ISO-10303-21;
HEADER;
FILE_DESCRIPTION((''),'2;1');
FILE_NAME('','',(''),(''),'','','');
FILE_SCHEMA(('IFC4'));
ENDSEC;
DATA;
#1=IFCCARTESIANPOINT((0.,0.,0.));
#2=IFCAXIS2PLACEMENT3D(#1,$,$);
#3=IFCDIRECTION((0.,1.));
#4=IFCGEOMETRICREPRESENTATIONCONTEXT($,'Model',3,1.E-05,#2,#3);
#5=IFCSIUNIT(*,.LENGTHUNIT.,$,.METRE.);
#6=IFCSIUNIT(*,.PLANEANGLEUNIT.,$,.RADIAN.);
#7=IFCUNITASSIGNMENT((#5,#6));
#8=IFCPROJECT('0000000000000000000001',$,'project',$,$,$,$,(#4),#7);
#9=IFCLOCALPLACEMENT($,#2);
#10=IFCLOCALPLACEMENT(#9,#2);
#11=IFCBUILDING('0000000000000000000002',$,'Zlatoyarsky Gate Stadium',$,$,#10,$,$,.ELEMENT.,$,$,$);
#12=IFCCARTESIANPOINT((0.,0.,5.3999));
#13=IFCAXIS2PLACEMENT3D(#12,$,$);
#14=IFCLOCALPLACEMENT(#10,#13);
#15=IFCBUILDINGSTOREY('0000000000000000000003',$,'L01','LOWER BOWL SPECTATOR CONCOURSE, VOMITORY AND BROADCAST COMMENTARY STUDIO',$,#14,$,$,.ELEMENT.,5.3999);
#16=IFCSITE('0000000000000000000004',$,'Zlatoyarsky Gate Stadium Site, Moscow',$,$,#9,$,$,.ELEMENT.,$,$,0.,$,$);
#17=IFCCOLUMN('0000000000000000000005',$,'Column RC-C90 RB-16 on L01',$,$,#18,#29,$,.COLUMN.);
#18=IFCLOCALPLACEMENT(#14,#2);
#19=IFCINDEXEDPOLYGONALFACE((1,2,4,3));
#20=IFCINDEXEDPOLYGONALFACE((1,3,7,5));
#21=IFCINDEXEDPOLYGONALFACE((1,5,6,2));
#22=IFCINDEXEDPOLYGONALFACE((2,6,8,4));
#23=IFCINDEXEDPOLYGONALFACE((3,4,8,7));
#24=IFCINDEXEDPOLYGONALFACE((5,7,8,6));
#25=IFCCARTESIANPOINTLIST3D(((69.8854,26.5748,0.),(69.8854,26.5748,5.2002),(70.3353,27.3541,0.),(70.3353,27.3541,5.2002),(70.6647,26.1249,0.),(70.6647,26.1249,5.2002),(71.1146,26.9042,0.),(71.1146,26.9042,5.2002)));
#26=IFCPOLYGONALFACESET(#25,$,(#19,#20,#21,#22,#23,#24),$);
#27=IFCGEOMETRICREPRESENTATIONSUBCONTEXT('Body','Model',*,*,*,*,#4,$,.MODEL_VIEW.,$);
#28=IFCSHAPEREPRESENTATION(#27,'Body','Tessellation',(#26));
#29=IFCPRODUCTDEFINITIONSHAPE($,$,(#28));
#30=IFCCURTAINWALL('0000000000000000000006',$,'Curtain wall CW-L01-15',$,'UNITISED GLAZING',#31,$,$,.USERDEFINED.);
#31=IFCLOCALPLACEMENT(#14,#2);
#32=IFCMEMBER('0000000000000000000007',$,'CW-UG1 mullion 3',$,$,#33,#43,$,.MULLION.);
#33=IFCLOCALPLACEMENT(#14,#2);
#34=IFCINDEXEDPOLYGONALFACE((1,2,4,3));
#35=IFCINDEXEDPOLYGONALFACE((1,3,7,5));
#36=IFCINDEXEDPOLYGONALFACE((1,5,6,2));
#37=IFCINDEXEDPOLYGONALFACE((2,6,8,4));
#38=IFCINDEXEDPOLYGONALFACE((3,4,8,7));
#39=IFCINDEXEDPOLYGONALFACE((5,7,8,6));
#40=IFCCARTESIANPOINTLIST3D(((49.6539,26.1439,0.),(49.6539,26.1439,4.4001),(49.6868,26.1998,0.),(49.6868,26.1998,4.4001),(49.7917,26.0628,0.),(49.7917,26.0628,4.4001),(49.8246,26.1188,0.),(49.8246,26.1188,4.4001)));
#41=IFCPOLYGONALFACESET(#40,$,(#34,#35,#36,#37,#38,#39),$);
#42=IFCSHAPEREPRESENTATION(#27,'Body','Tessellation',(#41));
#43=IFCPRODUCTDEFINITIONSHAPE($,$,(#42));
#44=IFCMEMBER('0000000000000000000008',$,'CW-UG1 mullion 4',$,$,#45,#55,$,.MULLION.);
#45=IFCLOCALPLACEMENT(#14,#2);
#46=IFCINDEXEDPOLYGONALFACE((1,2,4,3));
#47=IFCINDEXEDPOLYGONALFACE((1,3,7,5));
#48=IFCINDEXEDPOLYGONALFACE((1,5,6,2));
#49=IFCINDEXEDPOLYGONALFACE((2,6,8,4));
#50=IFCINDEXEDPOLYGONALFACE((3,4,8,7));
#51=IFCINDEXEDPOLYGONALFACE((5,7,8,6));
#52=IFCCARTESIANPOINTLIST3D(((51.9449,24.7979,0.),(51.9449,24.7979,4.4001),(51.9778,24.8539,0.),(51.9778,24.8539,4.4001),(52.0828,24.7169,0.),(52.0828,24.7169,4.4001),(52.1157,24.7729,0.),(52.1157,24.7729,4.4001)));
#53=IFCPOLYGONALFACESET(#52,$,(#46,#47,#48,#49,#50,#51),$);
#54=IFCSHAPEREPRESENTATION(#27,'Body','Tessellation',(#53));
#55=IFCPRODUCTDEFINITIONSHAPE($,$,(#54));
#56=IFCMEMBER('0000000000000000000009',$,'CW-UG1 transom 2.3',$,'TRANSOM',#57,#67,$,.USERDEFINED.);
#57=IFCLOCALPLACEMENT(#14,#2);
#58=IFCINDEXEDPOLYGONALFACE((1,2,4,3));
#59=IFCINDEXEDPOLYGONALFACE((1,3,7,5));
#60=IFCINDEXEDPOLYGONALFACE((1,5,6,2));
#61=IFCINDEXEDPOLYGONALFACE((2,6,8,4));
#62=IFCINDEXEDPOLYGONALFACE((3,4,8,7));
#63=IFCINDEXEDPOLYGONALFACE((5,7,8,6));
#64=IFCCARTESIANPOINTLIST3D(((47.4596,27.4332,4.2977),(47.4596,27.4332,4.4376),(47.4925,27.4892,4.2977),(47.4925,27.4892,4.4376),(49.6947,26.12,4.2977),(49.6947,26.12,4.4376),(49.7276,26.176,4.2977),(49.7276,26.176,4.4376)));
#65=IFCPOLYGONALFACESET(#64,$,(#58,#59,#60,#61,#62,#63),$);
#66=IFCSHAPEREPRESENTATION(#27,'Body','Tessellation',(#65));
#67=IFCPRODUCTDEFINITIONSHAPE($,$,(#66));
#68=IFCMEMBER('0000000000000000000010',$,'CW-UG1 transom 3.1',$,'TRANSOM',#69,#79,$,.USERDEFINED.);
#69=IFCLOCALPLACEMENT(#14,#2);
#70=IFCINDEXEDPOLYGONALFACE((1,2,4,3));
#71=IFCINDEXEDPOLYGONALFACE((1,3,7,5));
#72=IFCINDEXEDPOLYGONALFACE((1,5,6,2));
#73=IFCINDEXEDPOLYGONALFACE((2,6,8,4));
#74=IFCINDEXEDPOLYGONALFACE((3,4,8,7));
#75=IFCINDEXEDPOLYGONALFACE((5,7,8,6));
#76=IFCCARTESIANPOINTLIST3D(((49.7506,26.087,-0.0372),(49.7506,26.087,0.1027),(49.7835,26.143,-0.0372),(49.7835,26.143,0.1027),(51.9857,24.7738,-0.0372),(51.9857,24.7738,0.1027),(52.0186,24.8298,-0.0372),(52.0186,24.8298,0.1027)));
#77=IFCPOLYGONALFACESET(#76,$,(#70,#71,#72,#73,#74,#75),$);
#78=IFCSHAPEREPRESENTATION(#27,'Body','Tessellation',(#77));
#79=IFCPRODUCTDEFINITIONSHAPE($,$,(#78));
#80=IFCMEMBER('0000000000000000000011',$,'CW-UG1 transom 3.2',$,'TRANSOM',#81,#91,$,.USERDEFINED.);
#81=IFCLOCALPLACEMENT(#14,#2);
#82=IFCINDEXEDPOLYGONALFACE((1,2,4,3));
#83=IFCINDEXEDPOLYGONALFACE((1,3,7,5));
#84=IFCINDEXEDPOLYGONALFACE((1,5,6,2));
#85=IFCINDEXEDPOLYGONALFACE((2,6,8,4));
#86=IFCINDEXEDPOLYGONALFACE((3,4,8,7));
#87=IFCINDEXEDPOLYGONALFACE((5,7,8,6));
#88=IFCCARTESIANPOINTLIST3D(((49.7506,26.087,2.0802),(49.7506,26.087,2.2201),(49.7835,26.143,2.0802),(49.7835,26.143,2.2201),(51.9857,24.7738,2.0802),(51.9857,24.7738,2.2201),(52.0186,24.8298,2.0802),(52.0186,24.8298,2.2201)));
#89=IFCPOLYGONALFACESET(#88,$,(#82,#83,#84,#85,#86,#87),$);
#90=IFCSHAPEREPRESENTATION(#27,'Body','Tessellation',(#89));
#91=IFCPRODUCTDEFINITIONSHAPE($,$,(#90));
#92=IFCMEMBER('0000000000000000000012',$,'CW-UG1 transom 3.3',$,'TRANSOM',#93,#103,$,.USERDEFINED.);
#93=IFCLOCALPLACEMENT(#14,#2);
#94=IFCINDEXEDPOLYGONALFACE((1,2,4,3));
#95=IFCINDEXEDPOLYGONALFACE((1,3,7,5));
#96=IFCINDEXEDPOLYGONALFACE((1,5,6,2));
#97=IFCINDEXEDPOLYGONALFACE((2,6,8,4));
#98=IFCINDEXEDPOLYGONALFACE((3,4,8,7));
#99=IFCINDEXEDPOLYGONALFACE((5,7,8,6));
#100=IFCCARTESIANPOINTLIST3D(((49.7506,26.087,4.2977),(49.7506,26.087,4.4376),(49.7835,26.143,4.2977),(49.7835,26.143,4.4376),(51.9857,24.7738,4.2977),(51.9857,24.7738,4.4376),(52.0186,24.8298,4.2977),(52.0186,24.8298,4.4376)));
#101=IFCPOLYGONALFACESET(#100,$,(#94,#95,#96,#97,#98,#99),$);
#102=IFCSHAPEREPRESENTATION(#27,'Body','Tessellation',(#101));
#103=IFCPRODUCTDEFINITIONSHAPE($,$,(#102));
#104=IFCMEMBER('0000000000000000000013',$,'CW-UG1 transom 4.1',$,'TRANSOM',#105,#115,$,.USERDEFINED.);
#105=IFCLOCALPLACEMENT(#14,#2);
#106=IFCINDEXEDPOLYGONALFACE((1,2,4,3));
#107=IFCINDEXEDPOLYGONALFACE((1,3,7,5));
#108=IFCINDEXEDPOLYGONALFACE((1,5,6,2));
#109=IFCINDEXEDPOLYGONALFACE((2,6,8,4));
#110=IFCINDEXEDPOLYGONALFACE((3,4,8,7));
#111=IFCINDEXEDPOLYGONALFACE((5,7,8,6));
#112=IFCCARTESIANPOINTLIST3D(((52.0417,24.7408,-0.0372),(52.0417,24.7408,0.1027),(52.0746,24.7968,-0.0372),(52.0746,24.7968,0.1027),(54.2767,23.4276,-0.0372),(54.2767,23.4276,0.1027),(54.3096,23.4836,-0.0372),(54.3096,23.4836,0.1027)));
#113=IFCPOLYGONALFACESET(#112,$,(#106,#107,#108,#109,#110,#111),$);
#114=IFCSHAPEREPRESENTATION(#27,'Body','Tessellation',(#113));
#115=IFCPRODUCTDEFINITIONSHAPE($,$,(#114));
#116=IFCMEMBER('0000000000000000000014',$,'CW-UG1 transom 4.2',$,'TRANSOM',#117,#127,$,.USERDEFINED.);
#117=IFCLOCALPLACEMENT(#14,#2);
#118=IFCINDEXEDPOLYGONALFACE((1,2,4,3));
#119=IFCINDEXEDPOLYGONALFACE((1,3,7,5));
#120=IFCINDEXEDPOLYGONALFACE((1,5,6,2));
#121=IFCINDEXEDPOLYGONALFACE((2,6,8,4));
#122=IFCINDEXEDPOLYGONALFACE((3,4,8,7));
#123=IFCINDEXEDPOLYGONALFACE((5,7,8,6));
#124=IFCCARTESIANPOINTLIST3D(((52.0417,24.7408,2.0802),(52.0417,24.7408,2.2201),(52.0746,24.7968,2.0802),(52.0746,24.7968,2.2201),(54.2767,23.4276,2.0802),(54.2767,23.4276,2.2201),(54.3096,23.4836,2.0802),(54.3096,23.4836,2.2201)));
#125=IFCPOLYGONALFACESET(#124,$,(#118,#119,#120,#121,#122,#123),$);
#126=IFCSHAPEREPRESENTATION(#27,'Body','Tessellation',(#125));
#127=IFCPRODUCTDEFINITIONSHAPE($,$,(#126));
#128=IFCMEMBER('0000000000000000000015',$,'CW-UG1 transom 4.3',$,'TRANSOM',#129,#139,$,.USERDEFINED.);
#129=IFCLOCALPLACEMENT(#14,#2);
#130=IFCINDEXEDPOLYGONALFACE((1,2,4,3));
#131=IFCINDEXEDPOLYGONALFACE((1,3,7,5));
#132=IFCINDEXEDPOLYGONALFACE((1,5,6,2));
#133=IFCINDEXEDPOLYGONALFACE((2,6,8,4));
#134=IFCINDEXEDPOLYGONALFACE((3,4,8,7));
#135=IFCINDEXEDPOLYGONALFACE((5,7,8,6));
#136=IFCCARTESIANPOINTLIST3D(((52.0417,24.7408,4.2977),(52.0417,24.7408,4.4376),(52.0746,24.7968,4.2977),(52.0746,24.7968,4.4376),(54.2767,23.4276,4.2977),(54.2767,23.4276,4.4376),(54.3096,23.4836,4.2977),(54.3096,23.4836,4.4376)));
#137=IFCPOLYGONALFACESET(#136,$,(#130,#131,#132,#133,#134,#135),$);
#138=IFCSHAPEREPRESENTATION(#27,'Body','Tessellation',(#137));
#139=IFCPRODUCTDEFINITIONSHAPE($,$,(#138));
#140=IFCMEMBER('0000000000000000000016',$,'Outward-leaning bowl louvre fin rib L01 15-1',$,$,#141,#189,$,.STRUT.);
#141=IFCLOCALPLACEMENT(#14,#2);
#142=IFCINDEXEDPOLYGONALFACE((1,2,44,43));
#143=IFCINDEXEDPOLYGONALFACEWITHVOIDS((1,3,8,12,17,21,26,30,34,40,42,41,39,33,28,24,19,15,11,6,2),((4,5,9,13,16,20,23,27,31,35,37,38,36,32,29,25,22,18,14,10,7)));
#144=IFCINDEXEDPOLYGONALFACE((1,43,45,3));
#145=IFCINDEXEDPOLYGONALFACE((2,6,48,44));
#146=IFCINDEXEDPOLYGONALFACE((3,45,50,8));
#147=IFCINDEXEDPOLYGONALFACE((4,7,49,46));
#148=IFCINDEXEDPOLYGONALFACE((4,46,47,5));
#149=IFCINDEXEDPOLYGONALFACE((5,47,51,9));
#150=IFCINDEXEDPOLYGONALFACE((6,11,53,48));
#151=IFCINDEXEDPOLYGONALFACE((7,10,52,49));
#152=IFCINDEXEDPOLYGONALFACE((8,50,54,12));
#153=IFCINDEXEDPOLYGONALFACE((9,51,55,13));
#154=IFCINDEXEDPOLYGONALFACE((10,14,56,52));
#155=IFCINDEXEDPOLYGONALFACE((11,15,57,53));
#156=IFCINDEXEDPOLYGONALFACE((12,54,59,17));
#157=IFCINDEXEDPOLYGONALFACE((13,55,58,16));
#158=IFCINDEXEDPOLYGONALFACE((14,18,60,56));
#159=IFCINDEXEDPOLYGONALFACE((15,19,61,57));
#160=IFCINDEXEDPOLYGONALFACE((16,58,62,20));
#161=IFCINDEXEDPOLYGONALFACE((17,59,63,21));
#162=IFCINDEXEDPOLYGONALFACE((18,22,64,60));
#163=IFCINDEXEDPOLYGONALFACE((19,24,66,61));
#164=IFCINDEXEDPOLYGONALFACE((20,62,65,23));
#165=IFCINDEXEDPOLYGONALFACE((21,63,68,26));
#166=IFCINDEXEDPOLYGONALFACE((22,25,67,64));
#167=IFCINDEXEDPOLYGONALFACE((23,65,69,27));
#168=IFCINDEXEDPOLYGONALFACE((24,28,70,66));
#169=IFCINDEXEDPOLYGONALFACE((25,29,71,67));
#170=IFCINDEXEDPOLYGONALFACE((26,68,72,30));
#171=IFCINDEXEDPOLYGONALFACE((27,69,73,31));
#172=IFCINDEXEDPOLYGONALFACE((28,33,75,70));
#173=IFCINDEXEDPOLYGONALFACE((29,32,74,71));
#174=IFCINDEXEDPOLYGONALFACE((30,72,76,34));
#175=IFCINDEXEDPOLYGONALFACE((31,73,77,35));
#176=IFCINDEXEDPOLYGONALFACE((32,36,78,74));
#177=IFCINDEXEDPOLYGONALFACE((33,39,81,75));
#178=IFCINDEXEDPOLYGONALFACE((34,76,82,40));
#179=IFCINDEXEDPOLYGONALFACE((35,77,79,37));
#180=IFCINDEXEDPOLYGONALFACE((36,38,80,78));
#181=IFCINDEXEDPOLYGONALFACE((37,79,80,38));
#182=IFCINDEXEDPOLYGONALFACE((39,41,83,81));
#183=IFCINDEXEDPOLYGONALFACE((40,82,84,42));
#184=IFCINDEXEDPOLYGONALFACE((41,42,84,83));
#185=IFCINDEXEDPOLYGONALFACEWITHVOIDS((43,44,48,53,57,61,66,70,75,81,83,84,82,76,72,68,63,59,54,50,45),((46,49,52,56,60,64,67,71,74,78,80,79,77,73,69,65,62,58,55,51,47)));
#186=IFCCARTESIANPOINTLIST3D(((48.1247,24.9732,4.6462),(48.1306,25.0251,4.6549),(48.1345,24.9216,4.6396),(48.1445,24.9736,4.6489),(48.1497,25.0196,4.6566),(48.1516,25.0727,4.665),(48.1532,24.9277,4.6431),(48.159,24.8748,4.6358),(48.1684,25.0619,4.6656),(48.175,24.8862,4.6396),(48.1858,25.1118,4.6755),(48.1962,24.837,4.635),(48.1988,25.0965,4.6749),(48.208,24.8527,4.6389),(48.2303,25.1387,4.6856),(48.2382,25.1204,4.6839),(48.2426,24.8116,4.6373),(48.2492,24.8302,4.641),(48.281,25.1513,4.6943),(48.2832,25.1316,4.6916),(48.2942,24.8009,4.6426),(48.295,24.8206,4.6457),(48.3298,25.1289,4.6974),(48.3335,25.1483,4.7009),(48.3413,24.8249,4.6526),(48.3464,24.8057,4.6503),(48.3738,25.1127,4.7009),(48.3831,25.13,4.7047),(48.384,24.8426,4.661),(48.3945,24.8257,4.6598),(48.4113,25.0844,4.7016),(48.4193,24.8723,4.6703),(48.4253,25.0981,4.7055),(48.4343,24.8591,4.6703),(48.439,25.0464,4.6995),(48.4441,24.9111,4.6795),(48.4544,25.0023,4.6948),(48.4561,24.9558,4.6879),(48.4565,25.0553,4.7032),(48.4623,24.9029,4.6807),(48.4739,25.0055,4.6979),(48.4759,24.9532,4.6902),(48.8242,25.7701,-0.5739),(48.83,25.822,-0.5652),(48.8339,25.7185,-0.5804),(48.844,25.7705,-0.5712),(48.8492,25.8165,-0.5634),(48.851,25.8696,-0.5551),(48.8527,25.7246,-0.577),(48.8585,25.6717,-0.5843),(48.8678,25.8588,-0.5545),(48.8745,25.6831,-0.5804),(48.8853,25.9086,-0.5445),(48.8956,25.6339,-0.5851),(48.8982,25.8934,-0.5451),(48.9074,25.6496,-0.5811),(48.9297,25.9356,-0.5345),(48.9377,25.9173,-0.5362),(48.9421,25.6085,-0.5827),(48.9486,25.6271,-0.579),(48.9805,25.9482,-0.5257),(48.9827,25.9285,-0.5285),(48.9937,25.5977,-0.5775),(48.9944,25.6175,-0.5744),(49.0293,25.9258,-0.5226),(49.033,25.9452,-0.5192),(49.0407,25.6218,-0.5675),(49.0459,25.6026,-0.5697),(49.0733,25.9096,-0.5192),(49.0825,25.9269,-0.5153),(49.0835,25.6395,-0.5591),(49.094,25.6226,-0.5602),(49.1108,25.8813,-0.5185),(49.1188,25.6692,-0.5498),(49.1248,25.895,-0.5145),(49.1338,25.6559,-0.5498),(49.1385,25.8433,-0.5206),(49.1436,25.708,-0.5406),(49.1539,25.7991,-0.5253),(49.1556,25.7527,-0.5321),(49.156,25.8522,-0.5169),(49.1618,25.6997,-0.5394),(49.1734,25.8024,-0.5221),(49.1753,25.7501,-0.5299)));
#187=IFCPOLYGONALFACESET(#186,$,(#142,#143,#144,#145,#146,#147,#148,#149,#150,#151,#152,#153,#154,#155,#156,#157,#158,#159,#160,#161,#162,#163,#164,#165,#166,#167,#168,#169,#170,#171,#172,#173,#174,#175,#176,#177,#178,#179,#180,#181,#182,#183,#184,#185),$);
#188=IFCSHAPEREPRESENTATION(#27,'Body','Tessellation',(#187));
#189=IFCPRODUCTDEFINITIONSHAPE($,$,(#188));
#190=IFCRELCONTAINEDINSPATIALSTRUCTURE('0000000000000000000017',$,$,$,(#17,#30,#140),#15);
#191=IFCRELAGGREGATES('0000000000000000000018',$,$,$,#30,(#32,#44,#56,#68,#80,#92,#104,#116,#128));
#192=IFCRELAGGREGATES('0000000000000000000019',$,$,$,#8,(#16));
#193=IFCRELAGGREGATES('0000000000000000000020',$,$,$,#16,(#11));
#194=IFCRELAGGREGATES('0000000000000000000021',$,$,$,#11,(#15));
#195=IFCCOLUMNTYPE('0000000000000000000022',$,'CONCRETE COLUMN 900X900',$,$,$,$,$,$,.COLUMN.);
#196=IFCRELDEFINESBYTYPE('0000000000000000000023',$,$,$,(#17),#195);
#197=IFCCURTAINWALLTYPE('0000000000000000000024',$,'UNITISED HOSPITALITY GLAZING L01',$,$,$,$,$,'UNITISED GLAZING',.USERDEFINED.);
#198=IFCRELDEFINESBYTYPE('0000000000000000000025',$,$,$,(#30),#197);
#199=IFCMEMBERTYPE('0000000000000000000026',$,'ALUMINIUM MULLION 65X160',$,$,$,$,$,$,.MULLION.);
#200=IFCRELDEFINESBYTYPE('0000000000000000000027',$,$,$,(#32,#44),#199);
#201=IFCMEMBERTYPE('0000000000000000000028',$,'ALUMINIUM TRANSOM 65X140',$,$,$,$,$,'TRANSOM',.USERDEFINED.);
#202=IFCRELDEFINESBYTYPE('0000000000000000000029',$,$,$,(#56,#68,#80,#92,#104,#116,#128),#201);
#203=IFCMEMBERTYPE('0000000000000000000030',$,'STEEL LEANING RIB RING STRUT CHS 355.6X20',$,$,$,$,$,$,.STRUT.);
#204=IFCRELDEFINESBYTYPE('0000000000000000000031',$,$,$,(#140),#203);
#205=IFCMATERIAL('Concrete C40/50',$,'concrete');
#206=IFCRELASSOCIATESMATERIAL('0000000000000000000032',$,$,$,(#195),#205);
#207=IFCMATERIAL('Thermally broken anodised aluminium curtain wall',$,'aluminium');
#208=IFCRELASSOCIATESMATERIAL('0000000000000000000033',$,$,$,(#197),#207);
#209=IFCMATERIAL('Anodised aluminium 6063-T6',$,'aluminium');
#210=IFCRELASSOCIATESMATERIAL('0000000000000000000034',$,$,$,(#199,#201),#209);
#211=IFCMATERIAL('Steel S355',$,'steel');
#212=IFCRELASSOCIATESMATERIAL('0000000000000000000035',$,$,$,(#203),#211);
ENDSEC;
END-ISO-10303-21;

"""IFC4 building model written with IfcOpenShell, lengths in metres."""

from ifc_helpers import new_model, si_unit, direction, frame, origin, origin_2d, place, context, subcontext, project, spatial, rectangle, hollow_circle, extrude, material, material_profile, profile_set, type_object, element, aggregate, save


model = new_model("IFC4")

# Units and contexts
model_context = context("Model", 3, precision=1e-05, world=origin(), true_north=direction((0.0, 1.0)))
body_context = subcontext(model_context, "Body", "Model", "MODEL_VIEW")
ifc_project = project(units=[si_unit("LENGTHUNIT", "METRE"), si_unit("PLANEANGLEUNIT", "RADIAN")], contexts=[model_context])

# Site, building, storey
site_placement = place(None, origin())
site = spatial("IfcSite", under=ifc_project, at=site_placement, Name="Zlatoyarsky Gate Stadium Site, Moscow", CompositionType="ELEMENT", RefElevation=0.0)
building_placement = place(site_placement, origin())
building = spatial("IfcBuilding", under=site, at=building_placement, Name="Zlatoyarsky Gate Stadium", CompositionType="ELEMENT")
storey_placement = place(building_placement, frame((0.0, 0.0, 5.3999)))
storey = spatial("IfcBuildingStorey", under=building, at=storey_placement, Name="L01", Description="LOWER BOWL SPECTATOR CONCOURSE, VOMITORY AND BROADCAST COMMENTARY STUDIO", CompositionType="ELEMENT", Elevation=5.3999)

# Column
ifc_material_1 = material(Name="Concrete C40/50", Category="concrete")
ifc_material_profile_1 = material_profile(ifc_material_1, rectangle(XDim=0.8999, YDim=0.8999, at=origin_2d()), Name="RC COL 900X900")
ifc_profile_set_1 = profile_set([ifc_material_profile_1], Name="Concrete C40/50")
column_type = type_object("IfcColumnType", Name="CONCRETE COLUMN 900X900", PredefinedType="COLUMN", material=ifc_profile_set_1)
column_placement = place(storey_placement, frame((70.5, 26.7395, 0.0), z_axis=(0.0, 0.0, 1.0), x_axis=(-0.5, -0.866025, 0.0)))
element("IfcColumn", 1, at=column_placement, inside=storey, type_object=column_type, Name="Column RC-C90 RB-16 on L01", PredefinedType="COLUMN", context=body_context, shape_type="SweptSolid", body=[
    extrude(rectangle(XDim=0.8999, YDim=0.8999, at=origin_2d()), origin(), (0.0, 0.0, 1.0), 5.2002),
])

# Curtain wall, members
ifc_material_2 = material(Name="Thermally broken anodised aluminium curtain wall", Category="aluminium")
curtain_wall_type = type_object("IfcCurtainWallType", Name="UNITISED HOSPITALITY GLAZING L01", ElementType="UNITISED GLAZING", PredefinedType="USERDEFINED", material=ifc_material_2)
curtain_wall_placement = place(storey_placement, origin())
curtain_wall = element("IfcCurtainWall", 2, at=curtain_wall_placement, inside=storey, type_object=curtain_wall_type, Name="Curtain wall CW-L01-15", ObjectType="UNITISED GLAZING", PredefinedType="USERDEFINED")
ifc_material_3 = material(Name="Anodised aluminium 6063-T6", Category="aluminium")
ifc_material_profile_2 = material_profile(ifc_material_3, rectangle(XDim=0.0649, YDim=0.1599, at=origin_2d()), Name="ALU 65X160")
ifc_profile_set_2 = profile_set([ifc_material_profile_2], Name="Anodised aluminium 6063-T6")
member_type_1 = type_object("IfcMemberType", Name="ALUMINIUM MULLION 65X160", PredefinedType="MULLION", material=ifc_profile_set_2)
member_1_placement = place(storey_placement, frame((49.7393, 26.1313, 0.0), z_axis=(0.0, 0.0, 1.0), x_axis=(0.50659, 0.862187, 0.0)))
member_1 = element("IfcMember", 3, at=member_1_placement, type_object=member_type_1, Name="CW-UG1 mullion 3", PredefinedType="MULLION", context=body_context, shape_type="SweptSolid", body=[
    extrude(rectangle(XDim=0.0649, YDim=0.1599, at=origin_2d()), origin(), (0.0, 0.0, 1.0), 4.4001),
])
member_2_placement = place(storey_placement, frame((52.0303, 24.7854, 0.0), z_axis=(0.0, 0.0, 1.0), x_axis=(0.50659, 0.862187, 0.0)))
member_2 = element("IfcMember", 4, at=member_2_placement, type_object=member_type_1, Name="CW-UG1 mullion 4", PredefinedType="MULLION", context=body_context, shape_type="SweptSolid", body=[
    extrude(rectangle(XDim=0.0649, YDim=0.1599, at=origin_2d()), origin(), (0.0, 0.0, 1.0), 4.4001),
])
ifc_material_profile_3 = material_profile(ifc_material_3, rectangle(XDim=0.0649, YDim=0.1399, at=origin_2d()), Name="ALU 65X140")
ifc_profile_set_3 = profile_set([ifc_material_profile_3], Name="Anodised aluminium 6063-T6")
member_type_2 = type_object("IfcMemberType", Name="ALUMINIUM TRANSOM 65X140", ElementType="TRANSOM", PredefinedType="USERDEFINED", material=ifc_profile_set_3)
member_3_placement = place(storey_placement, frame((47.4761, 27.4612, 4.3677), z_axis=(0.862193, -0.50658, 0.0), x_axis=(0.50658, 0.862193, 0.0)))
member_3 = element("IfcMember", 5, at=member_3_placement, type_object=member_type_2, Name="CW-UG1 transom 2.3", ObjectType="TRANSOM", PredefinedType="USERDEFINED", context=body_context, shape_type="SweptSolid", body=[
    extrude(rectangle(XDim=0.0649, YDim=0.1399, at=origin_2d()), origin(), (0.0, 0.0, 1.0), 2.5923),
])
member_4_placement = place(storey_placement, frame((49.7671, 26.115, 0.0327), z_axis=(0.862193, -0.50658, 0.0), x_axis=(0.50658, 0.862193, 0.0)))
member_4 = element("IfcMember", 6, at=member_4_placement, type_object=member_type_2, Name="CW-UG1 transom 3.1", ObjectType="TRANSOM", PredefinedType="USERDEFINED", context=body_context, shape_type="SweptSolid", body=[
    extrude(rectangle(XDim=0.0649, YDim=0.1399, at=origin_2d()), origin(), (0.0, 0.0, 1.0), 2.5923),
])
member_5_placement = place(storey_placement, frame((49.7671, 26.115, 2.1501), z_axis=(0.862193, -0.50658, 0.0), x_axis=(0.50658, 0.862193, 0.0)))
member_5 = element("IfcMember", 7, at=member_5_placement, type_object=member_type_2, Name="CW-UG1 transom 3.2", ObjectType="TRANSOM", PredefinedType="USERDEFINED", context=body_context, shape_type="SweptSolid", body=[
    extrude(rectangle(XDim=0.0649, YDim=0.1399, at=origin_2d()), origin(), (0.0, 0.0, 1.0), 2.5923),
])
member_6_placement = place(storey_placement, frame((49.7671, 26.115, 4.3677), z_axis=(0.862193, -0.50658, 0.0), x_axis=(0.50658, 0.862193, 0.0)))
member_6 = element("IfcMember", 8, at=member_6_placement, type_object=member_type_2, Name="CW-UG1 transom 3.3", ObjectType="TRANSOM", PredefinedType="USERDEFINED", context=body_context, shape_type="SweptSolid", body=[
    extrude(rectangle(XDim=0.0649, YDim=0.1399, at=origin_2d()), origin(), (0.0, 0.0, 1.0), 2.5923),
])
member_7_placement = place(storey_placement, frame((52.0581, 24.7688, 0.0327), z_axis=(0.862193, -0.50658, 0.0), x_axis=(0.50658, 0.862193, 0.0)))
member_7 = element("IfcMember", 9, at=member_7_placement, type_object=member_type_2, Name="CW-UG1 transom 4.1", ObjectType="TRANSOM", PredefinedType="USERDEFINED", context=body_context, shape_type="SweptSolid", body=[
    extrude(rectangle(XDim=0.0649, YDim=0.1399, at=origin_2d()), origin(), (0.0, 0.0, 1.0), 2.5923),
])
member_8_placement = place(storey_placement, frame((52.0581, 24.7688, 2.1501), z_axis=(0.862193, -0.50658, 0.0), x_axis=(0.50658, 0.862193, 0.0)))
member_8 = element("IfcMember", 10, at=member_8_placement, type_object=member_type_2, Name="CW-UG1 transom 4.2", ObjectType="TRANSOM", PredefinedType="USERDEFINED", context=body_context, shape_type="SweptSolid", body=[
    extrude(rectangle(XDim=0.0649, YDim=0.1399, at=origin_2d()), origin(), (0.0, 0.0, 1.0), 2.5923),
])
member_9_placement = place(storey_placement, frame((52.0581, 24.7688, 4.3677), z_axis=(0.862193, -0.50658, 0.0), x_axis=(0.50658, 0.862193, 0.0)))
member_9 = element("IfcMember", 11, at=member_9_placement, type_object=member_type_2, Name="CW-UG1 transom 4.3", ObjectType="TRANSOM", PredefinedType="USERDEFINED", context=body_context, shape_type="SweptSolid", body=[
    extrude(rectangle(XDim=0.0649, YDim=0.1399, at=origin_2d()), origin(), (0.0, 0.0, 1.0), 2.5923),
])

# Member
ifc_material_4 = material(Name="Steel S355", Category="steel")
ifc_material_profile_4 = material_profile(ifc_material_4, hollow_circle(Radius=0.1777, WallThickness=0.02, at=origin_2d()), Name="CHS 355.6X20")
ifc_profile_set_4 = profile_set([ifc_material_profile_4], Name="Steel S355")
member_type_3 = type_object("IfcMemberType", Name="STEEL LEANING RIB RING STRUT CHS 355.6X20", PredefinedType="STRUT", material=ifc_profile_set_4)
member_10_placement = place(storey_placement, frame((49.0002, 25.7732, -0.5498), z_axis=(-0.131316, -0.149604, 0.979987), x_axis=(0.751549, -0.659677, 0.0)))
element("IfcMember", 12, at=member_10_placement, inside=storey, type_object=member_type_3, Name="Outward-leaning bowl louvre fin rib L01 15-1", PredefinedType="STRUT", context=body_context, shape_type="SweptSolid", body=[
    extrude(hollow_circle(Radius=0.1777, WallThickness=0.02, at=origin_2d()), origin(), (0.0, 0.0, 1.0), 5.3267),
])

aggregate(curtain_wall, [member_1, member_2, member_3, member_4, member_5, member_6, member_7, member_8, member_9])

save(model, "model.ifc")
